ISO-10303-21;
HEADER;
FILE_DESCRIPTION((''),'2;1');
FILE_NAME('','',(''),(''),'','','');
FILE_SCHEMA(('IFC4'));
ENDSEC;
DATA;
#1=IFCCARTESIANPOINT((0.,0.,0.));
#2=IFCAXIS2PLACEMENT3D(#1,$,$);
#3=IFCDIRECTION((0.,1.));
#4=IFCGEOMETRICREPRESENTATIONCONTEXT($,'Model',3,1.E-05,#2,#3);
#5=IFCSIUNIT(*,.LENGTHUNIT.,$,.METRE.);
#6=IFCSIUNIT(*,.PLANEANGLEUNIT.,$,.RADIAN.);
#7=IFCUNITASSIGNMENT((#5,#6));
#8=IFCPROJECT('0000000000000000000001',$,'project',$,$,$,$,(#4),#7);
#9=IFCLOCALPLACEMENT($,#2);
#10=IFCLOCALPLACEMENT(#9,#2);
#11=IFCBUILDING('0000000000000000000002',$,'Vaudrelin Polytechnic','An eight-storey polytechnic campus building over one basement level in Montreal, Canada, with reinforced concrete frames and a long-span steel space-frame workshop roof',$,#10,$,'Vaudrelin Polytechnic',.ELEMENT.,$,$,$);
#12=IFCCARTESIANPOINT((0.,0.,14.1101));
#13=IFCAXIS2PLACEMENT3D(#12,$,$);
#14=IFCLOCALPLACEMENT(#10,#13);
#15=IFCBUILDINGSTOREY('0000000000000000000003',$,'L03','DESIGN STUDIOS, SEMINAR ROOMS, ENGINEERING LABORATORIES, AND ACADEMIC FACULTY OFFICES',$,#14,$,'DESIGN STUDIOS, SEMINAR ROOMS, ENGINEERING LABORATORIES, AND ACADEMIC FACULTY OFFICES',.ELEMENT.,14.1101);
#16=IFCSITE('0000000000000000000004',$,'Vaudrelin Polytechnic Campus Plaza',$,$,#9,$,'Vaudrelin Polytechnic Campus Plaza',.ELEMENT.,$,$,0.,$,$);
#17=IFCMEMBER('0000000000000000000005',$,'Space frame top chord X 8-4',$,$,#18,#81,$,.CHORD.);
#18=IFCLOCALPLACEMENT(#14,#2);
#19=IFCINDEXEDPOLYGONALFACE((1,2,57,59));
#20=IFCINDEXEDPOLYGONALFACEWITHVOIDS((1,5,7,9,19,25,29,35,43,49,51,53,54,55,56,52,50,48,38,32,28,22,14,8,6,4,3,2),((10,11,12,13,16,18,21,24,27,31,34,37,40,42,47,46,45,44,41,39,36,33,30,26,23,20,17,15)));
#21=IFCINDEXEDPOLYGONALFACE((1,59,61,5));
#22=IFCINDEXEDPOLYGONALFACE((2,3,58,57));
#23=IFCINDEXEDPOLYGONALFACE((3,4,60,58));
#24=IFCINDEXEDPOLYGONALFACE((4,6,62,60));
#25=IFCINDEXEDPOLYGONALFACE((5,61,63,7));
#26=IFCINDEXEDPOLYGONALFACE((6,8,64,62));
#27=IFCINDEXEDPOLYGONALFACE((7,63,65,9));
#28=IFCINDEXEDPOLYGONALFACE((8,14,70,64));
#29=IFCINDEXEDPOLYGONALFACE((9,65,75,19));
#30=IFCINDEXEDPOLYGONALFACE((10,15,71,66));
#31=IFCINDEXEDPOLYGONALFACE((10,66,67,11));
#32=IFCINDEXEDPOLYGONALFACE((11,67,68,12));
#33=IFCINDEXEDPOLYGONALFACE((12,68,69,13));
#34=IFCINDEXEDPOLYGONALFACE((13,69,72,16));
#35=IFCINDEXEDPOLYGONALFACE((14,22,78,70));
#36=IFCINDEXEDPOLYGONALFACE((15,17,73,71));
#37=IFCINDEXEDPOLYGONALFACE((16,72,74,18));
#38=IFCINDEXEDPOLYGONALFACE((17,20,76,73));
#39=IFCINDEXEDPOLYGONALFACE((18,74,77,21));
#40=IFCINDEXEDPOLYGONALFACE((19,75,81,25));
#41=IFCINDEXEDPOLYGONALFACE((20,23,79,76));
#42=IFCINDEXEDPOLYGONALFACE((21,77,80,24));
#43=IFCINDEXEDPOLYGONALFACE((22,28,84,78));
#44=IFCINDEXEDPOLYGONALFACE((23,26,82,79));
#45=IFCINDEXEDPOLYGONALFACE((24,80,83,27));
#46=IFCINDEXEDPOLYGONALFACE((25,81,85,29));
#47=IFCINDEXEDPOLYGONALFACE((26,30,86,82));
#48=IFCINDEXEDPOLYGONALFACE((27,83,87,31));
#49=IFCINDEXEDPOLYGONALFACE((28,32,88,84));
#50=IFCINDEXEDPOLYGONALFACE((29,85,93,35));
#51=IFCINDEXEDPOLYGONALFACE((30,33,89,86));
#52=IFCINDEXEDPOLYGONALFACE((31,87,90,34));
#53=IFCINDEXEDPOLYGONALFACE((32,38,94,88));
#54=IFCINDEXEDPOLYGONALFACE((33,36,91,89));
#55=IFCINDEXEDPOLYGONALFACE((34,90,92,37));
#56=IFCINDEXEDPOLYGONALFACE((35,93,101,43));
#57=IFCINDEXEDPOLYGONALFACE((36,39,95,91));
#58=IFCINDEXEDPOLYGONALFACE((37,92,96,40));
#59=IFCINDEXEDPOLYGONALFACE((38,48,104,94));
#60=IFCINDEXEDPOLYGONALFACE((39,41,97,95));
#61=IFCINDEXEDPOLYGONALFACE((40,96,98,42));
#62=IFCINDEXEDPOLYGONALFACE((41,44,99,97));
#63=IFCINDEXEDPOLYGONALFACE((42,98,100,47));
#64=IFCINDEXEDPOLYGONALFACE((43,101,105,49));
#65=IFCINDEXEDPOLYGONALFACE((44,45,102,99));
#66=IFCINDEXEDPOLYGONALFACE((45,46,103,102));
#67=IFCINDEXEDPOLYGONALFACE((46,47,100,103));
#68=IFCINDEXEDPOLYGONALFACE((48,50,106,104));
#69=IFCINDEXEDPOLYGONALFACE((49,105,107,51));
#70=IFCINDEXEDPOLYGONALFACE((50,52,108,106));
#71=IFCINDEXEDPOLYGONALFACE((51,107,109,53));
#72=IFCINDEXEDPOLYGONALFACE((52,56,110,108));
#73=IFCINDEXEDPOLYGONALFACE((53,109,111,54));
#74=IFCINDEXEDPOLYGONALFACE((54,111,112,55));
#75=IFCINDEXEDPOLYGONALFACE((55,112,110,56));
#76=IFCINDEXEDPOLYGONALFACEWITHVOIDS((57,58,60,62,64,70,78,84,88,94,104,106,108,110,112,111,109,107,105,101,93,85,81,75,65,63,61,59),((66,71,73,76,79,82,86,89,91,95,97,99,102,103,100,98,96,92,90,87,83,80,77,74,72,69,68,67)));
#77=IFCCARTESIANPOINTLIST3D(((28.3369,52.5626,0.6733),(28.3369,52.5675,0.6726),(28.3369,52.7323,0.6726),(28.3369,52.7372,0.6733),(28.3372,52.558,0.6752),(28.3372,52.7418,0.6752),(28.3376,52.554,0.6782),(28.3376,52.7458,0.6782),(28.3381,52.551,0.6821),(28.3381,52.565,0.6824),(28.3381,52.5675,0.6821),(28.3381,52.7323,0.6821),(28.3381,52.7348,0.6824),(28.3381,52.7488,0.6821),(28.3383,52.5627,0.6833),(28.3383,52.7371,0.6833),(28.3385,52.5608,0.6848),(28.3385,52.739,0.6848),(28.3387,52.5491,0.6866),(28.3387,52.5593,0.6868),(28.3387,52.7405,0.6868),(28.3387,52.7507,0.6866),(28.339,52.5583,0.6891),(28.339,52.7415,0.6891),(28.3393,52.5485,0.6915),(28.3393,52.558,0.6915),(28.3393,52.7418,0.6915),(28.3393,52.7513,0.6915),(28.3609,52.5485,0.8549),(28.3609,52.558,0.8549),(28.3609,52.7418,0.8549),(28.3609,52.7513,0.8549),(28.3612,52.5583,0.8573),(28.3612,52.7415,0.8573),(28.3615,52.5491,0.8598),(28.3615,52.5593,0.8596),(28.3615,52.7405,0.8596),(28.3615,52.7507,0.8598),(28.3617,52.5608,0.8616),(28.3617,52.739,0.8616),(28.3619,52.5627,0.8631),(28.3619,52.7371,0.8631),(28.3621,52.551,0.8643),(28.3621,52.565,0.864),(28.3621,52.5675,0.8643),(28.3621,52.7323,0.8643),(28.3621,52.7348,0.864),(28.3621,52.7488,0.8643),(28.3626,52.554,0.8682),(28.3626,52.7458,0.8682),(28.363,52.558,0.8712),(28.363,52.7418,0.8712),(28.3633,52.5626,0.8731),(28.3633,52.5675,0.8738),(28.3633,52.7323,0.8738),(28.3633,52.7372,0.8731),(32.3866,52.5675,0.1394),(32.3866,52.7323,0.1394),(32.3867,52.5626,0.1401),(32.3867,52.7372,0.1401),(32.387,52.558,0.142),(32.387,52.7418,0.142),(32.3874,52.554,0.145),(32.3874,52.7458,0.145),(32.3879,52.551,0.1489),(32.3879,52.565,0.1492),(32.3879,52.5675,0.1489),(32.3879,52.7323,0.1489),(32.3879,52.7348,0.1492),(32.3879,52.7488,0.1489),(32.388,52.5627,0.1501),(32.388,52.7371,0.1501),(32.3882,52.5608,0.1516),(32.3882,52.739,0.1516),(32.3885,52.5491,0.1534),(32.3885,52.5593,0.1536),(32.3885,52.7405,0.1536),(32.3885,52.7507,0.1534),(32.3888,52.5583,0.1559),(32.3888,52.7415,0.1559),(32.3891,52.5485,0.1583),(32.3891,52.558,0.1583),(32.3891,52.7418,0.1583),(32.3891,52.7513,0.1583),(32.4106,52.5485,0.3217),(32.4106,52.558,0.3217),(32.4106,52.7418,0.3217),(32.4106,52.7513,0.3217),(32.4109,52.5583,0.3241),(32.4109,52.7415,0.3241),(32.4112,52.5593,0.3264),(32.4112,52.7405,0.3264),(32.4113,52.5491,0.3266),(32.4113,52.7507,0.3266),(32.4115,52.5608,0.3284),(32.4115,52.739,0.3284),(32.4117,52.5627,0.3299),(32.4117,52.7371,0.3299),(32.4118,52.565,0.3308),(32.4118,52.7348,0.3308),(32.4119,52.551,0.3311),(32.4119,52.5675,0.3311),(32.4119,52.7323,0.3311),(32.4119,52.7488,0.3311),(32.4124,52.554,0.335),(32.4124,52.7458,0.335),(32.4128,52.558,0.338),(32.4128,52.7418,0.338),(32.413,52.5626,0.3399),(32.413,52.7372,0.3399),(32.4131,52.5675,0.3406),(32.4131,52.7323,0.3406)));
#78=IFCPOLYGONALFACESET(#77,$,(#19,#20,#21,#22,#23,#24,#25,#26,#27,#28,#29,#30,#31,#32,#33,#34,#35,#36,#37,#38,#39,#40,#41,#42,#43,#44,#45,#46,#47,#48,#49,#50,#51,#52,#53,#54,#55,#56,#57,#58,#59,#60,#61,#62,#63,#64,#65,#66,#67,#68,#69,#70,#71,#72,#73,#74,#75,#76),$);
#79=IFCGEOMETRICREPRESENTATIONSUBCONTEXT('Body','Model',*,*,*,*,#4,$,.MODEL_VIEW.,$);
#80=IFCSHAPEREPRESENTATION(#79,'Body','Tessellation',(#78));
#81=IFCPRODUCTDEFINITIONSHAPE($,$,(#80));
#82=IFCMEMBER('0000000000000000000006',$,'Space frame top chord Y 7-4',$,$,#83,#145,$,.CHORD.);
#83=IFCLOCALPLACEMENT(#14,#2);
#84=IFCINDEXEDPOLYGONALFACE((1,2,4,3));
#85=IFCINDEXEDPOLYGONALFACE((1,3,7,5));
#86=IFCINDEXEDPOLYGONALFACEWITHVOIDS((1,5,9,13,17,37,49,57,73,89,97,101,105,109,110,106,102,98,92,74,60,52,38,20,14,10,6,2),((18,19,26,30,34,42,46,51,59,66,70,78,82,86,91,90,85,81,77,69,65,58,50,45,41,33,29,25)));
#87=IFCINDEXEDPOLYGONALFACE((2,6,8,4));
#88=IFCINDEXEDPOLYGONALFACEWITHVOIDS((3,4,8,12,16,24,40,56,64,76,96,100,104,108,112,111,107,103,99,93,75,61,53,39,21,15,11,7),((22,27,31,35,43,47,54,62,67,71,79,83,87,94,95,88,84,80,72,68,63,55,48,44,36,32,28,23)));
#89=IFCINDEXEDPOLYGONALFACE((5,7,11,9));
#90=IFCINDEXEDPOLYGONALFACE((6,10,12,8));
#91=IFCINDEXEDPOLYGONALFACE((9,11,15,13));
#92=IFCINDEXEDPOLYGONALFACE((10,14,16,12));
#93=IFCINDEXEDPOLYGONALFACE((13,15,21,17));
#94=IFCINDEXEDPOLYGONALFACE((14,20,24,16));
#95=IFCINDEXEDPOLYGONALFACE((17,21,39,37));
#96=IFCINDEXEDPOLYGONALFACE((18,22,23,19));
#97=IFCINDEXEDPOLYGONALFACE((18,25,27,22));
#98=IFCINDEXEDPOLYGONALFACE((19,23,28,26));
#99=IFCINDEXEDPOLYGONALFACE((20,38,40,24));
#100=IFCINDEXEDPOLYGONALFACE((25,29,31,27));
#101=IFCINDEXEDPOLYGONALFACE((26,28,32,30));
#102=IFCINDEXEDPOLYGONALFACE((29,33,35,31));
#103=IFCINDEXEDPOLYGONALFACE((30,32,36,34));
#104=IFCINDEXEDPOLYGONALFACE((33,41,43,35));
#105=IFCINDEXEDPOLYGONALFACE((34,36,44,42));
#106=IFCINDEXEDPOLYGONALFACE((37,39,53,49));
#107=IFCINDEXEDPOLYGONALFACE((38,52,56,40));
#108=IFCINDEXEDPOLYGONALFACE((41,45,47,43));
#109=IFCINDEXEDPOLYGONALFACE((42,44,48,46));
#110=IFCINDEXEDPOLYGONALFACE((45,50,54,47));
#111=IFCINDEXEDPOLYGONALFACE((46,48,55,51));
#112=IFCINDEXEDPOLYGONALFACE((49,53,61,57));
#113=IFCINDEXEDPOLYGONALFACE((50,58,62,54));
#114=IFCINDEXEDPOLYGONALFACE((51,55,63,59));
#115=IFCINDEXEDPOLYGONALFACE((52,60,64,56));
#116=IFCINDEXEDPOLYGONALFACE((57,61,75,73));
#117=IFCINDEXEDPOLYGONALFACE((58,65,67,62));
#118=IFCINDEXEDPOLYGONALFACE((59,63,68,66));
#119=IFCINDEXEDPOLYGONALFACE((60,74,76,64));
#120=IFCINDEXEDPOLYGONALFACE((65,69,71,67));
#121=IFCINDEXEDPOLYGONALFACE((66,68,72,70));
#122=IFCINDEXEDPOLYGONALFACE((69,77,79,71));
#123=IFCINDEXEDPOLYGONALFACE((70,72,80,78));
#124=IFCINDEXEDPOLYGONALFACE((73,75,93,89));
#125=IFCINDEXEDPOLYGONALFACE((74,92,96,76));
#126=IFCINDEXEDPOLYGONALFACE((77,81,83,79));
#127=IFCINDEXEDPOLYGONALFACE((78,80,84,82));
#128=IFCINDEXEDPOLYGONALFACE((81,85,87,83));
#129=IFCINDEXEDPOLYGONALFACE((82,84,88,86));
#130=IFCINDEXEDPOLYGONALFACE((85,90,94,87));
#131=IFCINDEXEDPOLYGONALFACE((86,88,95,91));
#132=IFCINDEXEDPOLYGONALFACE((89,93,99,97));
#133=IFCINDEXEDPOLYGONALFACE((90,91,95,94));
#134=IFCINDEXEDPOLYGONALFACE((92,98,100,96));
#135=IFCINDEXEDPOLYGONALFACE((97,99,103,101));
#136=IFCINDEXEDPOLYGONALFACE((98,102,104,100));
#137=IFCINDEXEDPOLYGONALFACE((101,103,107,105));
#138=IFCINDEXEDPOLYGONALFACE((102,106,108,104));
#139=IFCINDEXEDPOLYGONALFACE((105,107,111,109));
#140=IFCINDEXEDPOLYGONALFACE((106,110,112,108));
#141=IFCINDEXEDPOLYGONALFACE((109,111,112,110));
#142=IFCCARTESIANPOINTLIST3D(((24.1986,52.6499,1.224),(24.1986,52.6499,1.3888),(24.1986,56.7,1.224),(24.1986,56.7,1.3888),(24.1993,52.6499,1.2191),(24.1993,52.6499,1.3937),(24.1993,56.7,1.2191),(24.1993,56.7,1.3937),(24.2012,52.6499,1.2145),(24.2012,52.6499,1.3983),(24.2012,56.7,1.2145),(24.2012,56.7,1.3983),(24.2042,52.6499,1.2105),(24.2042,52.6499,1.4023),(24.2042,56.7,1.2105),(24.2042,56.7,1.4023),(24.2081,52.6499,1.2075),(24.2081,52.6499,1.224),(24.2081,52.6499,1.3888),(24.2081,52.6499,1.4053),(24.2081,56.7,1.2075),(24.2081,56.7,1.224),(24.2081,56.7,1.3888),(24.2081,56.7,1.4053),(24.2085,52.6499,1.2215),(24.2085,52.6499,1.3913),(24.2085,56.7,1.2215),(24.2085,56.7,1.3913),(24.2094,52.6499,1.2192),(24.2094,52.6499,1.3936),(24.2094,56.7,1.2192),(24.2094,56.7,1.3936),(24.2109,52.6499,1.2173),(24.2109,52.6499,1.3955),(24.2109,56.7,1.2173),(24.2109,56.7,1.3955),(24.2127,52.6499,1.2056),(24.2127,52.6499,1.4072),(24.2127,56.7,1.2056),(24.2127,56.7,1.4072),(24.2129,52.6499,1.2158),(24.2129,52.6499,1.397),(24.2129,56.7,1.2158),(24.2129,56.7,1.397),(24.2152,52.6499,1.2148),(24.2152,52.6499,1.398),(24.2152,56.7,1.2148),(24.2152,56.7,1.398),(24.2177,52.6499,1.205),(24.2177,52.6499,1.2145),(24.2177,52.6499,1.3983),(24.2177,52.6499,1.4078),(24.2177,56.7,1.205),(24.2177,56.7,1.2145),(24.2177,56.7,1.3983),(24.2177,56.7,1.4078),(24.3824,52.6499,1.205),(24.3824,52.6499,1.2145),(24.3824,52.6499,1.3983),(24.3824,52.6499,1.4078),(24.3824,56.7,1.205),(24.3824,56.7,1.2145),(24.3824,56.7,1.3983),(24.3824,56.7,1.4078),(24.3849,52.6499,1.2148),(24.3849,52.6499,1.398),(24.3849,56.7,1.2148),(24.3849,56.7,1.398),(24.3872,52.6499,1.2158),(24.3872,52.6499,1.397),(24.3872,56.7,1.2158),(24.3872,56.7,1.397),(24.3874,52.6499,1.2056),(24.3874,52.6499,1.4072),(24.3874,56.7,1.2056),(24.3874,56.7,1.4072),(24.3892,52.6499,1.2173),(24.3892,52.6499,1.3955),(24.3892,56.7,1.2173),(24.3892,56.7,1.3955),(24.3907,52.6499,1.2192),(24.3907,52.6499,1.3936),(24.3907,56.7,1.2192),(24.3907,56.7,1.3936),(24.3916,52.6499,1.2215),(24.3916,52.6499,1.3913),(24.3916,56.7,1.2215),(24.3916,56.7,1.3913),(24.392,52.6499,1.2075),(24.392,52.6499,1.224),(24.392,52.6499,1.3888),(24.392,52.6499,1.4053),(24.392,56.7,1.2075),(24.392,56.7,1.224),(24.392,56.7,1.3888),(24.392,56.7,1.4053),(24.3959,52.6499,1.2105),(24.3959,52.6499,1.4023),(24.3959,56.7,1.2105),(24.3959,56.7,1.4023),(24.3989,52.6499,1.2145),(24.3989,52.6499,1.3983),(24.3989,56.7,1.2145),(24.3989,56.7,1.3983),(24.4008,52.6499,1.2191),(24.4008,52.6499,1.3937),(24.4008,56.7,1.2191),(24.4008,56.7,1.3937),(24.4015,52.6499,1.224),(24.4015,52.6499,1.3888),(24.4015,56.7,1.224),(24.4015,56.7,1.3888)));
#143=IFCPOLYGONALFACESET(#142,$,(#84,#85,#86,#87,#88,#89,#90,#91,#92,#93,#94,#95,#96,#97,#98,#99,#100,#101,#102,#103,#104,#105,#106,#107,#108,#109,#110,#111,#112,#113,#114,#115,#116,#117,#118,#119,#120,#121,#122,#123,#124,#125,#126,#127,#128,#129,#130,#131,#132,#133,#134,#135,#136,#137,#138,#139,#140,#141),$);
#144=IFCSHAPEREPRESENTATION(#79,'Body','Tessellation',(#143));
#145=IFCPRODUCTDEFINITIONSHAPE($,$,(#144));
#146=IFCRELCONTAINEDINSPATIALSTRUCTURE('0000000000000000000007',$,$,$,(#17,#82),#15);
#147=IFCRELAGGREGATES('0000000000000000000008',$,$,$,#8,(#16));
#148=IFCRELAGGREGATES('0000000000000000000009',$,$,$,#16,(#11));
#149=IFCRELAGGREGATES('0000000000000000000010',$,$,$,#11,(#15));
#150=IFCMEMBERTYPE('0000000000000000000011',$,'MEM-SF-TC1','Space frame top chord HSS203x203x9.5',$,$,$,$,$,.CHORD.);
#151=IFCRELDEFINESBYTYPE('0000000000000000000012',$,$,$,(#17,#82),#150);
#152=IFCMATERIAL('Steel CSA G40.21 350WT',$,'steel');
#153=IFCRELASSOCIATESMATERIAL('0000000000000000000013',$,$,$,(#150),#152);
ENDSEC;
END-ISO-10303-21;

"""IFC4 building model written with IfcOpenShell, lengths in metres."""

from ifc_helpers import new_model, si_unit, direction, frame, origin, origin_2d, place, context, subcontext, project, spatial, hollow_rectangle, extrude, material, material_profile, profile_set, type_object, element, save


model = new_model("IFC4")

# Units and contexts
model_context = context("Model", 3, precision=1e-05, world=origin(), true_north=direction((0.0, 1.0)))
body_context = subcontext(model_context, "Body", "Model", "MODEL_VIEW")
ifc_project = project(units=[si_unit("LENGTHUNIT", "METRE"), si_unit("PLANEANGLEUNIT", "RADIAN")], contexts=[model_context])

# Site, building, storey
site_placement = place(None, origin())
site = spatial("IfcSite", under=ifc_project, at=site_placement, Name="Vaudrelin Polytechnic Campus Plaza", LongName="Vaudrelin Polytechnic Campus Plaza", CompositionType="ELEMENT", RefElevation=0.0)
building_placement = place(site_placement, origin())
building = spatial("IfcBuilding", under=site, at=building_placement, Name="Vaudrelin Polytechnic", Description="An eight-storey polytechnic campus building over one basement level in Montreal, Canada, with reinforced concrete frames and a long-span steel space-frame workshop roof", LongName="Vaudrelin Polytechnic", CompositionType="ELEMENT")
storey_placement = place(building_placement, frame((0.0, 0.0, 14.1101)))
storey = spatial("IfcBuildingStorey", under=building, at=storey_placement, Name="L03", Description="DESIGN STUDIOS, SEMINAR ROOMS, ENGINEERING LABORATORIES, AND ACADEMIC FACULTY OFFICES", LongName="DESIGN STUDIOS, SEMINAR ROOMS, ENGINEERING LABORATORIES, AND ACADEMIC FACULTY OFFICES", CompositionType="ELEMENT", Elevation=14.1101)

# Members
ifc_material_1 = material(Name="Steel CSA G40.21 350WT", Category="steel")
ifc_material_profile_1 = material_profile(ifc_material_1, hollow_rectangle(XDim=0.2029, YDim=0.2029, WallThickness=0.0095, InnerFilletRadius=0.0095, OuterFilletRadius=0.019, at=origin_2d()), Name="HSS203x203x9.5")
ifc_profile_set_1 = profile_set([ifc_material_profile_1], Name="Steel CSA G40.21 350WT")
member_type_1 = type_object("IfcMemberType", Name="MEM-SF-TC1", Description="Space frame top chord HSS203x203x9.5", PredefinedType="CHORD", material=ifc_profile_set_1)
member_1_placement = place(storey_placement, frame((28.3501, 52.6499, 0.7732), z_axis=(0.991444, 0.0, -0.130535), x_axis=(0.0, 1.0, 0.0)))
element("IfcMember", 1, at=member_1_placement, inside=storey, type_object=member_type_1, Name="Space frame top chord X 8-4", PredefinedType="CHORD", context=body_context, shape_type="SweptSolid", body=[
    extrude(hollow_rectangle(XDim=0.2029, YDim=0.2029, WallThickness=0.0095, InnerFilletRadius=0.0095, OuterFilletRadius=0.019, at=origin_2d()), origin(), (0.0, 0.0, 1.0), 4.0847),
])
member_2_placement = place(storey_placement, frame((24.3, 52.6499, 1.3064), z_axis=(0.0, 1.0, 0.0), x_axis=(-1.0, 0.0, 0.0)))
element("IfcMember", 2, at=member_2_placement, inside=storey, type_object=member_type_1, Name="Space frame top chord Y 7-4", PredefinedType="CHORD", context=body_context, shape_type="SweptSolid", body=[
    extrude(hollow_rectangle(XDim=0.2029, YDim=0.2029, WallThickness=0.0095, InnerFilletRadius=0.0095, OuterFilletRadius=0.019, at=origin_2d()), origin(), (0.0, 0.0, 1.0), 4.05),
])

save(model, "model.ifc")
